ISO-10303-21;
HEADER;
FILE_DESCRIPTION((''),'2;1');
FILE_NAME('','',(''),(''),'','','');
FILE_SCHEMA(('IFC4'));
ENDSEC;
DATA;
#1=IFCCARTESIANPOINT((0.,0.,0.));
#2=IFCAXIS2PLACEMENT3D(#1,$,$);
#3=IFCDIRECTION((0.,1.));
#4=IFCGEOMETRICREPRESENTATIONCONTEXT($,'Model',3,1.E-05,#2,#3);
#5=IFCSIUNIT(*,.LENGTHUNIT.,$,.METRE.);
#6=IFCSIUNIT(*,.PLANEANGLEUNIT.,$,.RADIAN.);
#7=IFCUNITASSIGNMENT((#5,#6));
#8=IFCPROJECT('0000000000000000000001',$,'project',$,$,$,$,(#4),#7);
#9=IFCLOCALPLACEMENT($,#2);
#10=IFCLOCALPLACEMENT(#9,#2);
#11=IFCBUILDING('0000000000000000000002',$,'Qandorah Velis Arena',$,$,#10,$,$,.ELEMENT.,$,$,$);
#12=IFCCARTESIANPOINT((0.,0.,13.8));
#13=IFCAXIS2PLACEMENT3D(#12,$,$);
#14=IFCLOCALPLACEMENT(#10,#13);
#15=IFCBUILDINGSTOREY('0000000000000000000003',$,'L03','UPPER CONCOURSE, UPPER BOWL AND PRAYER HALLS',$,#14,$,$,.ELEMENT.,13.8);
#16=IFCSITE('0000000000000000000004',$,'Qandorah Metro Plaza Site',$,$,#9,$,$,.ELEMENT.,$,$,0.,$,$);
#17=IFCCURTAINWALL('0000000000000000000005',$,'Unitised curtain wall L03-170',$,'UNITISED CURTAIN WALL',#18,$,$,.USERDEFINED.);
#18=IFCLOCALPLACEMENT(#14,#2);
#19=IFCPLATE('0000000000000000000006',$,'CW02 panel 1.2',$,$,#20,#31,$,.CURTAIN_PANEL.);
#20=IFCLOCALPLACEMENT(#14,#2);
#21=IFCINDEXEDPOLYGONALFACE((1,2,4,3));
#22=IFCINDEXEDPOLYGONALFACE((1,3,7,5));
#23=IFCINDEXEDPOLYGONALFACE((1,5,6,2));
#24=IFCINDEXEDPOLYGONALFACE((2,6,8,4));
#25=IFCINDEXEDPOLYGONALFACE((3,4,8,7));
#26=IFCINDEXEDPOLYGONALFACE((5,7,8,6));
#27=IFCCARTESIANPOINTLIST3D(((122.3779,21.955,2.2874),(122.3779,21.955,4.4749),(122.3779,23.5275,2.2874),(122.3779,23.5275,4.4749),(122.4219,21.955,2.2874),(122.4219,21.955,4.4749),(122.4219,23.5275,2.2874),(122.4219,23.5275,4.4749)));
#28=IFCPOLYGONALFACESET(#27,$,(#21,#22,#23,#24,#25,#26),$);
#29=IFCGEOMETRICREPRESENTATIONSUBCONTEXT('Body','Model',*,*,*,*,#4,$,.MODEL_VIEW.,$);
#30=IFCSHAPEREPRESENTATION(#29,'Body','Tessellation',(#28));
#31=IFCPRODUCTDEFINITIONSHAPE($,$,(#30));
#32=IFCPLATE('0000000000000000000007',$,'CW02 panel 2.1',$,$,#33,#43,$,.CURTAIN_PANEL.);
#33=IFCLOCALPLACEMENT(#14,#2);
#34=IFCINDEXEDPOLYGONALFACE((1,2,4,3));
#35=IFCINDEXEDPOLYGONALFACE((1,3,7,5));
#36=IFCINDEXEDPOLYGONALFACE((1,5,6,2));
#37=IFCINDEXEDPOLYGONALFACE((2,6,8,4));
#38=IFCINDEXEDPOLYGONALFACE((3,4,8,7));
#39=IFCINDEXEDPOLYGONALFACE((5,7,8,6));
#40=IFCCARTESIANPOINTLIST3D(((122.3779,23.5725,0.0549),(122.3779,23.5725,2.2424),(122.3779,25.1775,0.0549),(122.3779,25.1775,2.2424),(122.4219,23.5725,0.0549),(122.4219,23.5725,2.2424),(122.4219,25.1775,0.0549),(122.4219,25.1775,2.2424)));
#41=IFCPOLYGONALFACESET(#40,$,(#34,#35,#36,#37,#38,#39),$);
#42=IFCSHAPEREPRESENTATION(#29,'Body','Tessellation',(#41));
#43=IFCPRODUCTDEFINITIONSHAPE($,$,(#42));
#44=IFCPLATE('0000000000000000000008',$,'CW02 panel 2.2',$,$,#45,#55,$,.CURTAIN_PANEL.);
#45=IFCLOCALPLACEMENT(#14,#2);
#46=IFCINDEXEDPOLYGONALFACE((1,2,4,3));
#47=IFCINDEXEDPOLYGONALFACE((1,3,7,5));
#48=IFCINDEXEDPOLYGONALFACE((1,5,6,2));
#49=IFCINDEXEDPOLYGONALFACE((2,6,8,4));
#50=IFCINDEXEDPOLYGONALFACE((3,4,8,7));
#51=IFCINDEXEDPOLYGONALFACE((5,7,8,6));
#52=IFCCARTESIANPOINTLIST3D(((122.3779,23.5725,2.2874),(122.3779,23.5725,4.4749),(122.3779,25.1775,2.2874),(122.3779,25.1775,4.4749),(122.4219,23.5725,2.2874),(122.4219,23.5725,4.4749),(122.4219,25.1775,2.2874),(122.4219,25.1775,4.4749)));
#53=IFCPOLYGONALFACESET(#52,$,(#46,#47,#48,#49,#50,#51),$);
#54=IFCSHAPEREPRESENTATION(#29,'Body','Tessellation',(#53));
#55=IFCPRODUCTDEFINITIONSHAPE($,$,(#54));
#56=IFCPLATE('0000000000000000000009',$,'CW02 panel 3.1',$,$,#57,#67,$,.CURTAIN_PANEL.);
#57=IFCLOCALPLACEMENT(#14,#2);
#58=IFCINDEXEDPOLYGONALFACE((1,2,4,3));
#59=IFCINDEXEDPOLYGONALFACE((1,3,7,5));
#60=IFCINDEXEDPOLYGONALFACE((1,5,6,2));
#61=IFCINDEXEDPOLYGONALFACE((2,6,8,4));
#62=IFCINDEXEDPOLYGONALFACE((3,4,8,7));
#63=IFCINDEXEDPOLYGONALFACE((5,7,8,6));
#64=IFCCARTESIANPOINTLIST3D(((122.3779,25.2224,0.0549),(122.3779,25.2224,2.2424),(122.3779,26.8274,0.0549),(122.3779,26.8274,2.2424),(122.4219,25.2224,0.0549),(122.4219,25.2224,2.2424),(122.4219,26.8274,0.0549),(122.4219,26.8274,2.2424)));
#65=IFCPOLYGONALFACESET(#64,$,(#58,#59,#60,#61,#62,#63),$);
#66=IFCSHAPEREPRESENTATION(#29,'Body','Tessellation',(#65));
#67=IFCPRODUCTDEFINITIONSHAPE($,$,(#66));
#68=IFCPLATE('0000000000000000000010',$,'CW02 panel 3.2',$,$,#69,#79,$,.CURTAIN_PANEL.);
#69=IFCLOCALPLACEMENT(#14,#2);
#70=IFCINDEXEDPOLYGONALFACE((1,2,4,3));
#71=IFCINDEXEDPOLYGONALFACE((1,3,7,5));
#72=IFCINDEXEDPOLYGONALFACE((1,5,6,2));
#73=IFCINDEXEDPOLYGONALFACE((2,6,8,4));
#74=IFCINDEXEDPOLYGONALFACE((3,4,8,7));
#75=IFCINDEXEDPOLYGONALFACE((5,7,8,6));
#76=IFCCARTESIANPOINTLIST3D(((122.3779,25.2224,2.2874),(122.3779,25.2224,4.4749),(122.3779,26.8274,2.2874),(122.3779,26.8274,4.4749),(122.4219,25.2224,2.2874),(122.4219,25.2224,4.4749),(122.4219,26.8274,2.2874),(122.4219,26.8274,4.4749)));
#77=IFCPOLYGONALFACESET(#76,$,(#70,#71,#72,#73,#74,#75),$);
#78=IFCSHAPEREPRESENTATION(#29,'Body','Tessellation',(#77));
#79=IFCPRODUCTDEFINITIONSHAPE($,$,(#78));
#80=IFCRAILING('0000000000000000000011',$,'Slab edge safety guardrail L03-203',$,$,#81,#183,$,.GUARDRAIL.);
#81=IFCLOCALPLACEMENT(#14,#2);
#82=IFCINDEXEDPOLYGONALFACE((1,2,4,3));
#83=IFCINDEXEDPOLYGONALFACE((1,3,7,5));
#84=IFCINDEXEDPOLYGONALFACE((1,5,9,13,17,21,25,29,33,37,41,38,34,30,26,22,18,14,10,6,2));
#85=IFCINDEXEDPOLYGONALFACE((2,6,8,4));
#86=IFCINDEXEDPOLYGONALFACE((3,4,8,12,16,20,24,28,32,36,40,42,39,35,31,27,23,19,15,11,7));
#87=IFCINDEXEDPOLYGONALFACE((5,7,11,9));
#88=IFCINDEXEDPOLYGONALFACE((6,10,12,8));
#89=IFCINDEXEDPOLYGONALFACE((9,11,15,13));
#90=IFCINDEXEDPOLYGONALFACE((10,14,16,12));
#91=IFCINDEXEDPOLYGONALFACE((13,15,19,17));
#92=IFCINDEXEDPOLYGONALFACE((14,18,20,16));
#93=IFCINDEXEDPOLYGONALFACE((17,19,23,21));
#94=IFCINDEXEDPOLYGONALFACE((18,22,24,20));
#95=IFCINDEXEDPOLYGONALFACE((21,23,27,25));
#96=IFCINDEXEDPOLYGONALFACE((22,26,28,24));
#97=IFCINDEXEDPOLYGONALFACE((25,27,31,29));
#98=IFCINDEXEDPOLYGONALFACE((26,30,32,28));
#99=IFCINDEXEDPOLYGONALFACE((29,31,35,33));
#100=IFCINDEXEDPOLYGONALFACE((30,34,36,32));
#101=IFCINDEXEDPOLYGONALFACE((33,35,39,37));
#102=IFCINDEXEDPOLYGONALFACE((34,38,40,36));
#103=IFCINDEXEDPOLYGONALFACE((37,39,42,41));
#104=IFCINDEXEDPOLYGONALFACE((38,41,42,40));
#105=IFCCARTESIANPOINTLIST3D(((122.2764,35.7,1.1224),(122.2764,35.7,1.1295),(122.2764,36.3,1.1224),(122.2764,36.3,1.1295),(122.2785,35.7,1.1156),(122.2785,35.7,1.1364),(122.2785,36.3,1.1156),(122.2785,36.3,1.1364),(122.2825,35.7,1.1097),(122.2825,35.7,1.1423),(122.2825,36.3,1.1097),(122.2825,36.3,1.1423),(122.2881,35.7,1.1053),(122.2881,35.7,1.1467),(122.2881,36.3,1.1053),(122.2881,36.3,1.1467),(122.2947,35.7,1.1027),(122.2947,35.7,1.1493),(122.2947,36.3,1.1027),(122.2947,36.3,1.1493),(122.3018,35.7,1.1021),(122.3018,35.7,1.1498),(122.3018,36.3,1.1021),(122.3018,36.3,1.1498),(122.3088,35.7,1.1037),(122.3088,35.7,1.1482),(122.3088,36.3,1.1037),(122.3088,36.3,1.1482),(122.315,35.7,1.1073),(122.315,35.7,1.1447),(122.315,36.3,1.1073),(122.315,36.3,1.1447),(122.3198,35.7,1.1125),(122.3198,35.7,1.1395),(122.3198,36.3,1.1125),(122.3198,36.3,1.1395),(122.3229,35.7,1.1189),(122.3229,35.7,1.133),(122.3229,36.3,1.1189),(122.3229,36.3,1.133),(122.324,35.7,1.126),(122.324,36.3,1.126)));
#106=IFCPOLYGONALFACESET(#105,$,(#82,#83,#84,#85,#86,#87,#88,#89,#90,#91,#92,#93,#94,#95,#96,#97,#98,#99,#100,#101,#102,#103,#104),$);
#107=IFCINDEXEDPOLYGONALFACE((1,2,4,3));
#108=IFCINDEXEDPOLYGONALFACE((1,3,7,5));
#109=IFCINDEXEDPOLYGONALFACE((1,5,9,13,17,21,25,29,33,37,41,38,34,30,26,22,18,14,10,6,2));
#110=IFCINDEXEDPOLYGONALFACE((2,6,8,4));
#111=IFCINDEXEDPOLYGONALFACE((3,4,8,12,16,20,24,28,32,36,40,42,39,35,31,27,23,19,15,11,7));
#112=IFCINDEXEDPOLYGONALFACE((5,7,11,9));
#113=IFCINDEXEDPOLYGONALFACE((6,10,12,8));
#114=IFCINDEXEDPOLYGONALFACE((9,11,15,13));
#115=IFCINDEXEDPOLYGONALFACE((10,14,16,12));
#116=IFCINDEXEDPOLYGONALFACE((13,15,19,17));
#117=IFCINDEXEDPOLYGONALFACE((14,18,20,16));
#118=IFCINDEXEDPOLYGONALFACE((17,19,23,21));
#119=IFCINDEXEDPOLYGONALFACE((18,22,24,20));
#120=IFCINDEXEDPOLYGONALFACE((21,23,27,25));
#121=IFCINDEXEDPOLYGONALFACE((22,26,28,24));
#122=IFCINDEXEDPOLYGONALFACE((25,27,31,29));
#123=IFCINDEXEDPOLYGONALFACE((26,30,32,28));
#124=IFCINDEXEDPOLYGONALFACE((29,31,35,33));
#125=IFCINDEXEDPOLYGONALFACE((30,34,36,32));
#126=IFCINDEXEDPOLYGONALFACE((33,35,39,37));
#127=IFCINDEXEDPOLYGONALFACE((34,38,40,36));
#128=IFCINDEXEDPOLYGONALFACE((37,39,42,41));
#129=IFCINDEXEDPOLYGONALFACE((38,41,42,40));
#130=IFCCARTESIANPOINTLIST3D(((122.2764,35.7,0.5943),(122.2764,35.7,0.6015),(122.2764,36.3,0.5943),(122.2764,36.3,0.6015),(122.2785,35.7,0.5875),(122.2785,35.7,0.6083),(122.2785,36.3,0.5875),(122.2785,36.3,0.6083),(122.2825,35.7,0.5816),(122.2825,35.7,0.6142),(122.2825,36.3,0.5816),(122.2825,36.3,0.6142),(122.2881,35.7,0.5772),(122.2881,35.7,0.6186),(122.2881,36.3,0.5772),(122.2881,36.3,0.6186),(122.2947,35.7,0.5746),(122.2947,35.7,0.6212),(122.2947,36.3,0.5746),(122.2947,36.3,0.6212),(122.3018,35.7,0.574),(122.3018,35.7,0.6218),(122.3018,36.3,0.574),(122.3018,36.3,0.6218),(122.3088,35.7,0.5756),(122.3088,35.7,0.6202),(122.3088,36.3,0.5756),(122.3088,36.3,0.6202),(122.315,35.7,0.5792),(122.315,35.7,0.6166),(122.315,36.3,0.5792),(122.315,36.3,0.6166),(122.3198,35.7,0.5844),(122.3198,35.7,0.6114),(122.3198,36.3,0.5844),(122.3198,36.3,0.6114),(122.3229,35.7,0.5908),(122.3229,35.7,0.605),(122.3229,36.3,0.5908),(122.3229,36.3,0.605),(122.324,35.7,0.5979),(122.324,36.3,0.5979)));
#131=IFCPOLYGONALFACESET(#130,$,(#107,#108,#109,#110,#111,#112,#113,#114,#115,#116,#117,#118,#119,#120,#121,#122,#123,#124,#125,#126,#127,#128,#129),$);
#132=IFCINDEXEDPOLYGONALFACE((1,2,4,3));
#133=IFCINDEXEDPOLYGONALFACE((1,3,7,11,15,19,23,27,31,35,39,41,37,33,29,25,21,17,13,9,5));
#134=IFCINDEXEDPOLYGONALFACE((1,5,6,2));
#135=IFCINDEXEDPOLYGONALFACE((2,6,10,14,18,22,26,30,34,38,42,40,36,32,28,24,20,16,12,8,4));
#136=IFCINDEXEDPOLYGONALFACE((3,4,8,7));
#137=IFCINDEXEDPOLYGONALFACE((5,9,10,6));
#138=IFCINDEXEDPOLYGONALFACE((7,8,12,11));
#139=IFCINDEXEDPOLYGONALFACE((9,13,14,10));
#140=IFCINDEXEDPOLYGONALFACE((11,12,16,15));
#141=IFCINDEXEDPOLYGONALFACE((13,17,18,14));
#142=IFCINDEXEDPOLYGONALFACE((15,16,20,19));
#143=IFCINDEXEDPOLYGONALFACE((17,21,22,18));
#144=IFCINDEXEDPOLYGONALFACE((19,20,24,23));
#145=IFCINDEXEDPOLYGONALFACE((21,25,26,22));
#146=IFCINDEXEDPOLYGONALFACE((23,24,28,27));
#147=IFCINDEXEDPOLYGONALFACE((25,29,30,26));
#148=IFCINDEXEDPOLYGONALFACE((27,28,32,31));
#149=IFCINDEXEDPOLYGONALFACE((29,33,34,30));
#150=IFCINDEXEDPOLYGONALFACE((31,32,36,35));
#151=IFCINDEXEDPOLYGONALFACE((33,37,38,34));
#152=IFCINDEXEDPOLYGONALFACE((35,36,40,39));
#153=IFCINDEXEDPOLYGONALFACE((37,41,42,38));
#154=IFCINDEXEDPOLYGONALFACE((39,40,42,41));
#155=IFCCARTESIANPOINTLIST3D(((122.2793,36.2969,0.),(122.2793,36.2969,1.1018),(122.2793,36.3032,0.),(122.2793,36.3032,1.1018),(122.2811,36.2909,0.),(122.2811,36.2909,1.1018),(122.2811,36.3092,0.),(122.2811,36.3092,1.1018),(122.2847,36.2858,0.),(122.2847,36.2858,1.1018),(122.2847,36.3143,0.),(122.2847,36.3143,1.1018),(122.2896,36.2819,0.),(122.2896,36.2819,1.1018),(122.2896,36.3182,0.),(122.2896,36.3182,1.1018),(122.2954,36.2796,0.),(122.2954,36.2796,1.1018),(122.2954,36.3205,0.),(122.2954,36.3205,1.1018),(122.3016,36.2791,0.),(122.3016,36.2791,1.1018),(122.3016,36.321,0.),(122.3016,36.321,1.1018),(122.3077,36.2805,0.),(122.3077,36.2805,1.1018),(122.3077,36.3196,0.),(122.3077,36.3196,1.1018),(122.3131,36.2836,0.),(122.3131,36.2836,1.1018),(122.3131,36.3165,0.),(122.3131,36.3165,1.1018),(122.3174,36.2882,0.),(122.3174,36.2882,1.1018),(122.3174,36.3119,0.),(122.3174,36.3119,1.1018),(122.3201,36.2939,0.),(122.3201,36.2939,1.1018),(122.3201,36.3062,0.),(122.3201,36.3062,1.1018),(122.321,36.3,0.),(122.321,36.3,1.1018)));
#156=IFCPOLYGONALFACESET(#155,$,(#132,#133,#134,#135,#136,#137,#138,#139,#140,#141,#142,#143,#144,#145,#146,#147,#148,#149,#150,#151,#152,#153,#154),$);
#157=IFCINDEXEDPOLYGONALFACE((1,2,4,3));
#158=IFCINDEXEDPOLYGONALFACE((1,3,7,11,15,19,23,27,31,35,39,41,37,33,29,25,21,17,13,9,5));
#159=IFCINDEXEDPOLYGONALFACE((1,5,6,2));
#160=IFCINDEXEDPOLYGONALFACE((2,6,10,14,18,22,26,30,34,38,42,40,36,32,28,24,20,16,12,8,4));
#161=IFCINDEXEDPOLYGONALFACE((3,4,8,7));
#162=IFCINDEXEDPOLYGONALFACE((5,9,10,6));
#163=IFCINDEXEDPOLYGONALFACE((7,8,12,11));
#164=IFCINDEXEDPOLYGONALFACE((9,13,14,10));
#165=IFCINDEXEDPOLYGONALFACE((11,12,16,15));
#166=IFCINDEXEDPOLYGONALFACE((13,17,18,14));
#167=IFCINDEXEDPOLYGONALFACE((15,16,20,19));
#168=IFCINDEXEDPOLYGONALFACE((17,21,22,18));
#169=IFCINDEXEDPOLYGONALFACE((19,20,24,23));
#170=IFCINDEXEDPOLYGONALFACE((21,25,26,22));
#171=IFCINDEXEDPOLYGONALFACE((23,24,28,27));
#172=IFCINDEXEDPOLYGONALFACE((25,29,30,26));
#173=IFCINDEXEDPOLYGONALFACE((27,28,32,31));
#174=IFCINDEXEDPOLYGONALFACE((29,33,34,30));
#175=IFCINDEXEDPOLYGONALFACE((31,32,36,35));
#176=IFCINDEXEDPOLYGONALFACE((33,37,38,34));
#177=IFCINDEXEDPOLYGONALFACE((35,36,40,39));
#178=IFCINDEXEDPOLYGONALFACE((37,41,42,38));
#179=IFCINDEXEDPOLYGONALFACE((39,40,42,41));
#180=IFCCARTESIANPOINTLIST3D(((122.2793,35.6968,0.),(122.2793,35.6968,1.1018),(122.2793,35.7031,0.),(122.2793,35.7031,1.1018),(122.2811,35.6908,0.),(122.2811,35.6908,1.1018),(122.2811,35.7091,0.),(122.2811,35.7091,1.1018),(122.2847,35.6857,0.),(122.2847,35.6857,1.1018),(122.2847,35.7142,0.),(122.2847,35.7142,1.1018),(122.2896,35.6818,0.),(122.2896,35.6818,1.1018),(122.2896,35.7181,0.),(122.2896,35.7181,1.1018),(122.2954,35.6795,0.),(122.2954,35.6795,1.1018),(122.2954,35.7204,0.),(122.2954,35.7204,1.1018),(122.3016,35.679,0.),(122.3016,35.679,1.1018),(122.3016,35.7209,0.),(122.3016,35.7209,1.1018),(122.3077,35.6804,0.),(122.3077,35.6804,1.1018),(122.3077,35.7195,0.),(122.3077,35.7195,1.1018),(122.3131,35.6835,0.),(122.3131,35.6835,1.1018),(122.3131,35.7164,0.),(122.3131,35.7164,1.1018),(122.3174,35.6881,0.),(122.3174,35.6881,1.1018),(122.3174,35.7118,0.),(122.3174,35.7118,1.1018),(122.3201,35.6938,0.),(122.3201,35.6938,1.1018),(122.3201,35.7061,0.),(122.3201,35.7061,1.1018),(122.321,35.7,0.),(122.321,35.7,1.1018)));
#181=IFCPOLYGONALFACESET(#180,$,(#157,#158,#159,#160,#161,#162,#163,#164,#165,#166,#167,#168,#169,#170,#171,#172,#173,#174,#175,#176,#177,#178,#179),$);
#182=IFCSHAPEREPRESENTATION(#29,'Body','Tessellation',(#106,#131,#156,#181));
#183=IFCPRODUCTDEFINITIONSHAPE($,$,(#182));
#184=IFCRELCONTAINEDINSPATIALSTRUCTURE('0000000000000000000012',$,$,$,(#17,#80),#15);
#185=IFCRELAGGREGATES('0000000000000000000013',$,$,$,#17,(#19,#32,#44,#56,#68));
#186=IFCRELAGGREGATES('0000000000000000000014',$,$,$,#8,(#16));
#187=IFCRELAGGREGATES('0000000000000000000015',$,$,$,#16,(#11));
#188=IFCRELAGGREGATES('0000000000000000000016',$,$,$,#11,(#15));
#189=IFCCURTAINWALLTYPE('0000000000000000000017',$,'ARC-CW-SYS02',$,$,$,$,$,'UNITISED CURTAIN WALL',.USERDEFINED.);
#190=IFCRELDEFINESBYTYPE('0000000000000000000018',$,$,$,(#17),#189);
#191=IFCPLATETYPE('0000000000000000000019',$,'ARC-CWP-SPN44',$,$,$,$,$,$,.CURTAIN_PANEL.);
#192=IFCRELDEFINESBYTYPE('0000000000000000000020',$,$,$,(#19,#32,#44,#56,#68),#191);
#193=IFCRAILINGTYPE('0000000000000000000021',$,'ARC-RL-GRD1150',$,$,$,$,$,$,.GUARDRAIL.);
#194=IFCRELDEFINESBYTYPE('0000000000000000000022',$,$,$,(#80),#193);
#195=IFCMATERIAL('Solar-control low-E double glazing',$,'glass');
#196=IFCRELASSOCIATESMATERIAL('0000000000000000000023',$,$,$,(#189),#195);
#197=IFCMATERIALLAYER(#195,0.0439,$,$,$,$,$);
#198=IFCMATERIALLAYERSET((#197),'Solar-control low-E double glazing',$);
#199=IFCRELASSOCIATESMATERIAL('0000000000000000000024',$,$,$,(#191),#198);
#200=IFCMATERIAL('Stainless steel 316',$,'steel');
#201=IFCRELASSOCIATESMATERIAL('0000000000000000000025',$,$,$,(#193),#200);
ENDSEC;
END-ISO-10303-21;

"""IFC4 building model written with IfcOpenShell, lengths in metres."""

from ifc_helpers import new_model, si_unit, direction, frame, origin, origin_2d, place, context, subcontext, project, spatial, rectangle, circle, extrude, material, layer, layer_set, type_object, element, aggregate, save


model = new_model("IFC4")

# Units and contexts
model_context = context("Model", 3, precision=1e-05, world=origin(), true_north=direction((0.0, 1.0)))
body_context = subcontext(model_context, "Body", "Model", "MODEL_VIEW")
ifc_project = project(units=[si_unit("LENGTHUNIT", "METRE"), si_unit("PLANEANGLEUNIT", "RADIAN")], contexts=[model_context])

# Site, building, storey
site_placement = place(None, origin())
site = spatial("IfcSite", under=ifc_project, at=site_placement, Name="Qandorah Metro Plaza Site", CompositionType="ELEMENT", RefElevation=0.0)
building_placement = place(site_placement, origin())
building = spatial("IfcBuilding", under=site, at=building_placement, Name="Qandorah Velis Arena", CompositionType="ELEMENT")
storey_placement = place(building_placement, frame((0.0, 0.0, 13.8)))
storey = spatial("IfcBuildingStorey", under=building, at=storey_placement, Name="L03", Description="UPPER CONCOURSE, UPPER BOWL AND PRAYER HALLS", CompositionType="ELEMENT", Elevation=13.8)

# Curtain wall, plates
ifc_material_1 = material(Name="Solar-control low-E double glazing", Category="glass")
curtain_wall_type = type_object("IfcCurtainWallType", Name="ARC-CW-SYS02", ElementType="UNITISED CURTAIN WALL", PredefinedType="USERDEFINED", material=ifc_material_1)
curtain_wall_placement = place(storey_placement, origin())
curtain_wall = element("IfcCurtainWall", 1, at=curtain_wall_placement, inside=storey, type_object=curtain_wall_type, Name="Unitised curtain wall L03-170", ObjectType="UNITISED CURTAIN WALL", PredefinedType="USERDEFINED")
ifc_layer = layer(ifc_material_1, 0.0439)
ifc_layer_set = layer_set([ifc_layer], Name="Solar-control low-E double glazing")
plate_type = type_object("IfcPlateType", Name="ARC-CWP-SPN44", PredefinedType="CURTAIN_PANEL", material=ifc_layer_set)
plate_1_placement = place(storey_placement, frame((122.3999, 22.7412, 2.2874), z_axis=(0.0, 0.0, 1.0), x_axis=(0.0, 1.0, 0.0)))
plate_1 = element("IfcPlate", 2, at=plate_1_placement, type_object=plate_type, Name="CW02 panel 1.2", PredefinedType="CURTAIN_PANEL", context=body_context, shape_type="SweptSolid", body=[
    extrude(rectangle(XDim=1.5725, YDim=0.0439, at=origin_2d()), origin(), (0.0, 0.0, 1.0), 2.1875),
])
plate_2_placement = place(storey_placement, frame((122.3999, 24.375, 0.0549), z_axis=(0.0, 0.0, 1.0), x_axis=(0.0, 1.0, 0.0)))
plate_2 = element("IfcPlate", 3, at=plate_2_placement, type_object=plate_type, Name="CW02 panel 2.1", PredefinedType="CURTAIN_PANEL", context=body_context, shape_type="SweptSolid", body=[
    extrude(rectangle(XDim=1.605, YDim=0.0439, at=origin_2d()), origin(), (0.0, 0.0, 1.0), 2.1875),
])
plate_3_placement = place(storey_placement, frame((122.3999, 24.375, 2.2874), z_axis=(0.0, 0.0, 1.0), x_axis=(0.0, 1.0, 0.0)))
plate_3 = element("IfcPlate", 4, at=plate_3_placement, type_object=plate_type, Name="CW02 panel 2.2", PredefinedType="CURTAIN_PANEL", context=body_context, shape_type="SweptSolid", body=[
    extrude(rectangle(XDim=1.605, YDim=0.0439, at=origin_2d()), origin(), (0.0, 0.0, 1.0), 2.1875),
])
plate_4_placement = place(storey_placement, frame((122.3999, 26.0249, 0.0549), z_axis=(0.0, 0.0, 1.0), x_axis=(0.0, 1.0, 0.0)))
plate_4 = element("IfcPlate", 5, at=plate_4_placement, type_object=plate_type, Name="CW02 panel 3.1", PredefinedType="CURTAIN_PANEL", context=body_context, shape_type="SweptSolid", body=[
    extrude(rectangle(XDim=1.605, YDim=0.0439, at=origin_2d()), origin(), (0.0, 0.0, 1.0), 2.1875),
])
plate_5_placement = place(storey_placement, frame((122.3999, 26.0249, 2.2874), z_axis=(0.0, 0.0, 1.0), x_axis=(0.0, 1.0, 0.0)))
plate_5 = element("IfcPlate", 6, at=plate_5_placement, type_object=plate_type, Name="CW02 panel 3.2", PredefinedType="CURTAIN_PANEL", context=body_context, shape_type="SweptSolid", body=[
    extrude(rectangle(XDim=1.605, YDim=0.0439, at=origin_2d()), origin(), (0.0, 0.0, 1.0), 2.1875),
])
aggregate(curtain_wall, [plate_1, plate_2, plate_3, plate_4, plate_5])

# Railing
ifc_material_2 = material(Name="Stainless steel 316", Category="steel")
railing_type = type_object("IfcRailingType", Name="ARC-RL-GRD1150", PredefinedType="GUARDRAIL", material=ifc_material_2)
for number, where, name in (
    (7, (122.3, 36.3, 0.0), "Slab edge safety guardrail L03-203"),
):
    element("IfcRailing", number, at=place(storey_placement, frame(where)), inside=storey, type_object=railing_type, Name=name, PredefinedType="GUARDRAIL", context=body_context, shape_type="SweptSolid", body=[
        extrude(circle(Radius=0.0239, at=origin_2d()), frame((0.0, 0.0, 1.126), z_axis=(0.0, -1.0, 0.0), x_axis=(1.0, 0.0, 0.0)), (0.0, 0.0, 1.0), 0.6001),
        extrude(circle(Radius=0.0239, at=origin_2d()), frame((0.0, 0.0, 0.5979), z_axis=(0.0, -1.0, 0.0), x_axis=(1.0, 0.0, 0.0)), (0.0, 0.0, 1.0), 0.6001),
        extrude(circle(Radius=0.021, at=origin_2d()), origin(), (0.0, 0.0, 1.0), 1.1018),
        extrude(circle(Radius=0.021, at=origin_2d()), frame((0.0, -0.6001, 0.0)), (0.0, 0.0, 1.0), 1.1018),
    ])

save(model, "model.ifc")
